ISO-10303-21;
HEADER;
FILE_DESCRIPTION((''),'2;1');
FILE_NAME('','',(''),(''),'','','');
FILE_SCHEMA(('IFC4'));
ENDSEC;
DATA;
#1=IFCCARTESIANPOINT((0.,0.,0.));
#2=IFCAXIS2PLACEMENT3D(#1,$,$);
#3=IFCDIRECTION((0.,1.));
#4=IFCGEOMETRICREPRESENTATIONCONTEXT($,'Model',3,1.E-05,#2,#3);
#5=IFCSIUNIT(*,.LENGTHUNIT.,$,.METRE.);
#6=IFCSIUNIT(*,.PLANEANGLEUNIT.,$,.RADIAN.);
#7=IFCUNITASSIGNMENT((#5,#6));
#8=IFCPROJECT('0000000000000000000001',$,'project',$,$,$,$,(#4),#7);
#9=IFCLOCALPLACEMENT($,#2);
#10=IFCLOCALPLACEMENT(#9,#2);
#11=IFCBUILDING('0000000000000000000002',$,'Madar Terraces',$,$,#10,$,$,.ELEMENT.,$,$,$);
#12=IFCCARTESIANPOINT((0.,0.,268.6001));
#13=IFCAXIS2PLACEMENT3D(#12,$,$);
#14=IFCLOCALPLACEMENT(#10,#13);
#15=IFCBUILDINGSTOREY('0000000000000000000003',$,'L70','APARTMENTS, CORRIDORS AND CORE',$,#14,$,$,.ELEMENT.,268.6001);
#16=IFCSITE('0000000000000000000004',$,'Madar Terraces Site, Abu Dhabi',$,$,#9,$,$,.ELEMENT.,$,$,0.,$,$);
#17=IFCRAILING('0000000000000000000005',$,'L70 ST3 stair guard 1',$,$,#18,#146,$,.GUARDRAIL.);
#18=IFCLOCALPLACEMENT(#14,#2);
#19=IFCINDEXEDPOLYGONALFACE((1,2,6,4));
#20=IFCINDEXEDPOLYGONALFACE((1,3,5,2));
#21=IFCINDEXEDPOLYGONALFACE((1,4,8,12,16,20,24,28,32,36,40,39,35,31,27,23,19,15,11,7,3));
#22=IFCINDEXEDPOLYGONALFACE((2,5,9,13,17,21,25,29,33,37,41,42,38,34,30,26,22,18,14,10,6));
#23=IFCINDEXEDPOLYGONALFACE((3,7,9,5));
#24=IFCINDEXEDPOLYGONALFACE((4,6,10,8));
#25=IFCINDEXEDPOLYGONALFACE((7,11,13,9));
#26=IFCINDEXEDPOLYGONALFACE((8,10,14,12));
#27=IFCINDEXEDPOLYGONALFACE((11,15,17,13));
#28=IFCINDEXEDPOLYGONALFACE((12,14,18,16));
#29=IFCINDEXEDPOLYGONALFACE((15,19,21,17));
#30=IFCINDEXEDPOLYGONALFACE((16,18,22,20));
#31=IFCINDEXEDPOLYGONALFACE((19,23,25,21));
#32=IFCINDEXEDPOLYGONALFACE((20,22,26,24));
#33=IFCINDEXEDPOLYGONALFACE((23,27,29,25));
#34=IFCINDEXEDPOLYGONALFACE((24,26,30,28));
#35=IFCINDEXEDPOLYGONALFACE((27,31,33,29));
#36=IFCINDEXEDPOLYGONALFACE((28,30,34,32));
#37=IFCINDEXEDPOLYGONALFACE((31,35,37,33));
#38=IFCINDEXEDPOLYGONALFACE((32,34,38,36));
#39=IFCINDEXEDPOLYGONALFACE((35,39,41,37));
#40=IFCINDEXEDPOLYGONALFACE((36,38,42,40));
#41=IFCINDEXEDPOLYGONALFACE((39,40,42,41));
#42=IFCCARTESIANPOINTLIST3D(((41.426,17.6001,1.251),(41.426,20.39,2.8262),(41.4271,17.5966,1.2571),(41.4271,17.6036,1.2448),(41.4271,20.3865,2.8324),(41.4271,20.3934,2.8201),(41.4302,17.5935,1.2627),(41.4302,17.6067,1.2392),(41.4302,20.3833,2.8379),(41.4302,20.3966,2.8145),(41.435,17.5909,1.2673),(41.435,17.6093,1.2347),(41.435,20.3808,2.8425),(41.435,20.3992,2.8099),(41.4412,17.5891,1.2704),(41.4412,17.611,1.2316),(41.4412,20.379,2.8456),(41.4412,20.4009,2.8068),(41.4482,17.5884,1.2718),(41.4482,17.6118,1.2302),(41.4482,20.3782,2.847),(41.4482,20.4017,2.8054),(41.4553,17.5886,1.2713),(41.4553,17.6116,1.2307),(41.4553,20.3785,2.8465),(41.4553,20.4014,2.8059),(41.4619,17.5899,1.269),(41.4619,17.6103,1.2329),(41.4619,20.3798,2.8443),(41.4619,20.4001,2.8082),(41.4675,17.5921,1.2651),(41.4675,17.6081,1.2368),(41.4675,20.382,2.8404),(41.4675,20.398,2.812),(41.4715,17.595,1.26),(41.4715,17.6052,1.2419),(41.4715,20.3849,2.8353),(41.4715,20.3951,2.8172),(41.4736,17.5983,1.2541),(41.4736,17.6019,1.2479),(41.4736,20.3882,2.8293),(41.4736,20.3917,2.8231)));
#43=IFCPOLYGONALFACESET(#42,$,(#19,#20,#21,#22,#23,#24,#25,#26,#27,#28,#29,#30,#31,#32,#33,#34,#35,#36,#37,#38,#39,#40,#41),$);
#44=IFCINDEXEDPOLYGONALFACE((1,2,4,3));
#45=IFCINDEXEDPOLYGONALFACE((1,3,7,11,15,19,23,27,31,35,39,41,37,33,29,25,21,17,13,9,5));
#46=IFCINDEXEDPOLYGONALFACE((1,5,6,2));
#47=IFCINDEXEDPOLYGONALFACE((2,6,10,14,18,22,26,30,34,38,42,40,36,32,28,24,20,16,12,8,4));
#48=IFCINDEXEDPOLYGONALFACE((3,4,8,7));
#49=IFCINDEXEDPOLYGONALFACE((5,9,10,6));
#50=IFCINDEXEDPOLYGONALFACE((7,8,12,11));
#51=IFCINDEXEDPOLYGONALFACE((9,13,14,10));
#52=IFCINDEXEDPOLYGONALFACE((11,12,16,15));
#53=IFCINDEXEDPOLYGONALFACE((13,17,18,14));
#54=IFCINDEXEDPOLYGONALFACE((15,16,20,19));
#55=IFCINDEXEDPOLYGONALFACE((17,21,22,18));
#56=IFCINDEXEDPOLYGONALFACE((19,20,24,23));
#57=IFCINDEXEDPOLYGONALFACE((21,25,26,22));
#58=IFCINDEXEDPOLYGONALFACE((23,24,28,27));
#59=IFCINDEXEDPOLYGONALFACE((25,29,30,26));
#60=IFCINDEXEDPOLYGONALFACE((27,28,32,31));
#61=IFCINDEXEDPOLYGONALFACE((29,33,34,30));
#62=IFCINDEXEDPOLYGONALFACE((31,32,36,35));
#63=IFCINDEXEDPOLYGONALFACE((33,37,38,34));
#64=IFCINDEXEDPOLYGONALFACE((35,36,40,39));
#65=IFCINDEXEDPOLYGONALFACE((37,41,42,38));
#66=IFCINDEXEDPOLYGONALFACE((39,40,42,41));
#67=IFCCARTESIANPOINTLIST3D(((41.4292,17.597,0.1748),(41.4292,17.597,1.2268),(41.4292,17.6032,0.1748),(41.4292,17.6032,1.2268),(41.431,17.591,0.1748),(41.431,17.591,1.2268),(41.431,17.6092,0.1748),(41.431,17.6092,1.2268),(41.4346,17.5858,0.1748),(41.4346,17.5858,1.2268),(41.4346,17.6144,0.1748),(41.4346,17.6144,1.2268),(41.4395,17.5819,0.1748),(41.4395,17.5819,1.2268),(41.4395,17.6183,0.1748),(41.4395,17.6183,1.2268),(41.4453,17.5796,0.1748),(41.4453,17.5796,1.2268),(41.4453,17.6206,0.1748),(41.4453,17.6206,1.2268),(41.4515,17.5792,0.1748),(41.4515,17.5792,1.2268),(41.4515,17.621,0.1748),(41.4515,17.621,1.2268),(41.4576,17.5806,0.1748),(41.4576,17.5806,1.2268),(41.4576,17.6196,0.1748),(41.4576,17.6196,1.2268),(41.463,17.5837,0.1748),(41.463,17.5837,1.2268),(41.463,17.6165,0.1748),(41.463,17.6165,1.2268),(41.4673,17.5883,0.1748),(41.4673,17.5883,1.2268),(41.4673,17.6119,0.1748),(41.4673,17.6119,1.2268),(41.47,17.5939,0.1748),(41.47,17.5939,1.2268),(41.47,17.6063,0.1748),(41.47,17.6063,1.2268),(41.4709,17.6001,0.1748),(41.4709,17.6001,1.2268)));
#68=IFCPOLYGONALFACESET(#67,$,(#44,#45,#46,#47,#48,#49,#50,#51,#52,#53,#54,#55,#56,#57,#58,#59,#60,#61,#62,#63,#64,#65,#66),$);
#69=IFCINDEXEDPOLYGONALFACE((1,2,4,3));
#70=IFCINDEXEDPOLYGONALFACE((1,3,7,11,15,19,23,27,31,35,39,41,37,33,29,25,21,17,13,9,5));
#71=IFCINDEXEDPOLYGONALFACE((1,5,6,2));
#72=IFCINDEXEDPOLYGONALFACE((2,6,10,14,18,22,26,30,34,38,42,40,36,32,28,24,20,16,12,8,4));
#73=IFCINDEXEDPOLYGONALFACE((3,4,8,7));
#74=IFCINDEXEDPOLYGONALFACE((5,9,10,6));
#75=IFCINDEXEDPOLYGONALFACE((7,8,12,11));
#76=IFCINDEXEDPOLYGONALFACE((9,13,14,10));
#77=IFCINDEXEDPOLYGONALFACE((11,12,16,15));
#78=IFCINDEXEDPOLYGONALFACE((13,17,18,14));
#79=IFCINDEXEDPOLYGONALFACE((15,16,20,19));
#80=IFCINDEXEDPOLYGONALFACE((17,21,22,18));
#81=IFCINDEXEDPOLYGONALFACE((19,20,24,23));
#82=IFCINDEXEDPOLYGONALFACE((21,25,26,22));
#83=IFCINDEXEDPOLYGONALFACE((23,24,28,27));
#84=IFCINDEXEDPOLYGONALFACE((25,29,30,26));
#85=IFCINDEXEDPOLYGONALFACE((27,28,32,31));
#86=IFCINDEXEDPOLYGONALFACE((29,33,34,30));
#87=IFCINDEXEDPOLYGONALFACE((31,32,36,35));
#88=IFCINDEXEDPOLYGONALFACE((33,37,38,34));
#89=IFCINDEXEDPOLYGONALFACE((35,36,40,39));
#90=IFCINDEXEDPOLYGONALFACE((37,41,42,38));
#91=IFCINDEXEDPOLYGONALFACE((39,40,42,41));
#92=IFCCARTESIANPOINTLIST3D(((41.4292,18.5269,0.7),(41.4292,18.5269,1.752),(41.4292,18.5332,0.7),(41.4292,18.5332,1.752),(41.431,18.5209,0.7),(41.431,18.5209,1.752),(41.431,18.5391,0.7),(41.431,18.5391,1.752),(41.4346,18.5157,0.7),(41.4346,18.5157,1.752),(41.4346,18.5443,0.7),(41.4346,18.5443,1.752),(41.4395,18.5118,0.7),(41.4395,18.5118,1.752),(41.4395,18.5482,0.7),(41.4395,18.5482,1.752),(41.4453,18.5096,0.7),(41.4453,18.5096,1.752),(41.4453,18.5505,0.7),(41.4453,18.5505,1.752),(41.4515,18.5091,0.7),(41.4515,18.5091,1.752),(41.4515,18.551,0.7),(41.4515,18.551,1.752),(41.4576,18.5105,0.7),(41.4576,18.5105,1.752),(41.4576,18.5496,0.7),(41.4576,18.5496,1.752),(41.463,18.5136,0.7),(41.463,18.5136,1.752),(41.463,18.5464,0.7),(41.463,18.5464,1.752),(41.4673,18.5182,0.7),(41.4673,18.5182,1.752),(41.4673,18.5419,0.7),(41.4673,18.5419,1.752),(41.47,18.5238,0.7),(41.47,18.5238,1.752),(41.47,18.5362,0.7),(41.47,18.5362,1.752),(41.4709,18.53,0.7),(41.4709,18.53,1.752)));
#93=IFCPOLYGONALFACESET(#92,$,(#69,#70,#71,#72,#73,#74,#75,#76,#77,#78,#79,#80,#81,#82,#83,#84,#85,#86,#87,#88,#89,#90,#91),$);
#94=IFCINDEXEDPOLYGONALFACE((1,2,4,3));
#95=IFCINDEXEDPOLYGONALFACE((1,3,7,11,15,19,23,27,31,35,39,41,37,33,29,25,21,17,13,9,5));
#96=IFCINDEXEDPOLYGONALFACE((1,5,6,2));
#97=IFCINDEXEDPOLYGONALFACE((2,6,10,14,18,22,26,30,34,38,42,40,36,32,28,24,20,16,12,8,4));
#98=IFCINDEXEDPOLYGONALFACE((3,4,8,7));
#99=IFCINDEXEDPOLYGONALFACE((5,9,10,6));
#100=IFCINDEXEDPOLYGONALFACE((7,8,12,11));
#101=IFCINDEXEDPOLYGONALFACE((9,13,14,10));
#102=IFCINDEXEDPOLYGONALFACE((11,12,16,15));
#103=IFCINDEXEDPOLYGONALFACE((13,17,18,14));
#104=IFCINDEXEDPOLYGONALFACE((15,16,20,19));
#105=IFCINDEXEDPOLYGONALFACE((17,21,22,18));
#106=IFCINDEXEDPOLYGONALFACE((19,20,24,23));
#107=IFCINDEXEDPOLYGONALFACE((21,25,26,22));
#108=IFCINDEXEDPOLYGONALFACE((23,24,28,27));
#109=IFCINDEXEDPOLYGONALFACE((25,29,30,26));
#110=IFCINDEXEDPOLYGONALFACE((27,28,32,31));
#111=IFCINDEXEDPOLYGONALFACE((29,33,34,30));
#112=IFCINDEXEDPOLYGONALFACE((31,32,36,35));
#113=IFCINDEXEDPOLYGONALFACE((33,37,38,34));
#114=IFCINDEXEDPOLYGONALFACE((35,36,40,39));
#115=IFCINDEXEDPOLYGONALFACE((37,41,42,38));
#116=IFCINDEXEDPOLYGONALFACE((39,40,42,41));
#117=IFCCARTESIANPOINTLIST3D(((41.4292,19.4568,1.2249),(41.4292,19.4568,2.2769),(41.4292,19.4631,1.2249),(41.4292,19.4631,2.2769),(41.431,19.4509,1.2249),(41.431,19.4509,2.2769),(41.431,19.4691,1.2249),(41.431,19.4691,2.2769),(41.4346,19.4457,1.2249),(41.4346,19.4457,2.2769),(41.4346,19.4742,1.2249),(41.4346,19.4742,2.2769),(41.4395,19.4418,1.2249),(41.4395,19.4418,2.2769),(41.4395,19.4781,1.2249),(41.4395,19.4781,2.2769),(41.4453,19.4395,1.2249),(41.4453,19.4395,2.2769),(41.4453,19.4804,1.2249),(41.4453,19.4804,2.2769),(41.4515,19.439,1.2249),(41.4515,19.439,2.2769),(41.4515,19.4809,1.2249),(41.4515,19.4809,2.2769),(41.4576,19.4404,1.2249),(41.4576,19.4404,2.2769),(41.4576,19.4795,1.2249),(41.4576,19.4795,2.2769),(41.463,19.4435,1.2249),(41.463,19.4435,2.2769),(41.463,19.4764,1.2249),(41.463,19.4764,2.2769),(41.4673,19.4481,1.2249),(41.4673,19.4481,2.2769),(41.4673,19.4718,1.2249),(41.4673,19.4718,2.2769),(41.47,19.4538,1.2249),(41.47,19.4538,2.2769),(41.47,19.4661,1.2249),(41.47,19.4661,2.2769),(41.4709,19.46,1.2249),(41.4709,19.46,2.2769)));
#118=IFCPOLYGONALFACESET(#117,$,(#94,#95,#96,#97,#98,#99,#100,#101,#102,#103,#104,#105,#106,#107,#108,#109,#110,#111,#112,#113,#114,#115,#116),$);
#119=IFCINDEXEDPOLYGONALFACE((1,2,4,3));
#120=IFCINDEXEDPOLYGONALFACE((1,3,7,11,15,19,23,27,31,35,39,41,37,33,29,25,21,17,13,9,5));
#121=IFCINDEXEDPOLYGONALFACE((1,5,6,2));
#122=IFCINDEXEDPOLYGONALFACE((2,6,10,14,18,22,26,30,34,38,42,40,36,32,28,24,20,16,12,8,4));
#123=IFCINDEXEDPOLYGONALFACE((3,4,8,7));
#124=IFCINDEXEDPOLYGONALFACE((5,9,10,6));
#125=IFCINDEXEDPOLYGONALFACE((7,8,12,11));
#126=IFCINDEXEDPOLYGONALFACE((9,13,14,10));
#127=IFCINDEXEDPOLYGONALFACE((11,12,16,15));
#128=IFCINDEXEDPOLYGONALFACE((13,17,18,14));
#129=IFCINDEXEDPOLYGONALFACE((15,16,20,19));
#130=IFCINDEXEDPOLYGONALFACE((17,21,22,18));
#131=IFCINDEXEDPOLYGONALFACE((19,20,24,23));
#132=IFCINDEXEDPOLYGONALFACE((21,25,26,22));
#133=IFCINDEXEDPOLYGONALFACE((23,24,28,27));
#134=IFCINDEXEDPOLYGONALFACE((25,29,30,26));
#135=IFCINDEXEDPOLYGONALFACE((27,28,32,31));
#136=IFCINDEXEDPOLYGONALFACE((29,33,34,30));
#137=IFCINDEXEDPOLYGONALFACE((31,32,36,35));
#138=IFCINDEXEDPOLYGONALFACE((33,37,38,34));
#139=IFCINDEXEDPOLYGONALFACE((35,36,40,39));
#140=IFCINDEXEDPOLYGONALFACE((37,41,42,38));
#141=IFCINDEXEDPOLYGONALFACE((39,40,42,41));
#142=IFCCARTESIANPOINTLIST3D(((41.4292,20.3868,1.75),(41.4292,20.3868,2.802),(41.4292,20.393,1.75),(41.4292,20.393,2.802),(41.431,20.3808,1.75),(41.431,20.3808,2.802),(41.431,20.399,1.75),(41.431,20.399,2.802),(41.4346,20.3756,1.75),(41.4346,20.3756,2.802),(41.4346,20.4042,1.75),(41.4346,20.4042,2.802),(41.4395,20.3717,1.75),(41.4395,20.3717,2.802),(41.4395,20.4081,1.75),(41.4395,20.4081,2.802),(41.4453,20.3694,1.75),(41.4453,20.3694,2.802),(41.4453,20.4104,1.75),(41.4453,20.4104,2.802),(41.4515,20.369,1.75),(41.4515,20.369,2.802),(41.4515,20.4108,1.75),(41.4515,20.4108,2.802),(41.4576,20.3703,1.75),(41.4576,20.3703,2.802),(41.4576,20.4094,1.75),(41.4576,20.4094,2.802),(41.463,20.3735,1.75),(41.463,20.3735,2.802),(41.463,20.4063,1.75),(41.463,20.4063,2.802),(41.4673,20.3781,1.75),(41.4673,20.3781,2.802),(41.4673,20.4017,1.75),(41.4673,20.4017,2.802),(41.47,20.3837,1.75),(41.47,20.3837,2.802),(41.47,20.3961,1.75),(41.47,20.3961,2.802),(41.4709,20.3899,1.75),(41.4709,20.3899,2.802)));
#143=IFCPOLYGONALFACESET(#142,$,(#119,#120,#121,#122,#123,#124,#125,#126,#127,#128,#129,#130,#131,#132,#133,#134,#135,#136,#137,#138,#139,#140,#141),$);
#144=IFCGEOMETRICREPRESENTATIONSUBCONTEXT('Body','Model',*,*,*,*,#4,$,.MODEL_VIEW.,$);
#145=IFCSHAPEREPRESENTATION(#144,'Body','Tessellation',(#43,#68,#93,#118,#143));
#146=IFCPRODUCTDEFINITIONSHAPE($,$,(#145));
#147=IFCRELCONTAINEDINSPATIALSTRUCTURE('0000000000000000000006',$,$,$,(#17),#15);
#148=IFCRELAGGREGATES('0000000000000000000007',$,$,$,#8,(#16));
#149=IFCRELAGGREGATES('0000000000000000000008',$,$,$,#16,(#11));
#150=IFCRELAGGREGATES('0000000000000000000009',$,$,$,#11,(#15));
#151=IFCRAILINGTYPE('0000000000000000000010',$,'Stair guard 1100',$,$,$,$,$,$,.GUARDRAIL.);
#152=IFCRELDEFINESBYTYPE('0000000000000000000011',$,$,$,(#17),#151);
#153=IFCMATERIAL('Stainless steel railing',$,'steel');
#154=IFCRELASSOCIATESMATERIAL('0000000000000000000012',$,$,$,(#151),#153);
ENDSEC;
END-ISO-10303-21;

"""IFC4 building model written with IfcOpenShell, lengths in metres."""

from ifc_helpers import new_model, si_unit, direction, frame, origin, origin_2d, place, context, subcontext, project, spatial, circle, extrude, material, type_object, element, save


model = new_model("IFC4")

# Units and contexts
model_context = context("Model", 3, precision=1e-05, world=origin(), true_north=direction((0.0, 1.0)))
body_context = subcontext(model_context, "Body", "Model", "MODEL_VIEW")
ifc_project = project(units=[si_unit("LENGTHUNIT", "METRE"), si_unit("PLANEANGLEUNIT", "RADIAN")], contexts=[model_context])

# Site, building, storey
site_placement = place(None, origin())
site = spatial("IfcSite", under=ifc_project, at=site_placement, Name="Madar Terraces Site, Abu Dhabi", CompositionType="ELEMENT", RefElevation=0.0)
building_placement = place(site_placement, origin())
building = spatial("IfcBuilding", under=site, at=building_placement, Name="Madar Terraces", CompositionType="ELEMENT")
storey_placement = place(building_placement, frame((0.0, 0.0, 268.6001)))
storey = spatial("IfcBuildingStorey", under=building, at=storey_placement, Name="L70", Description="APARTMENTS, CORRIDORS AND CORE", CompositionType="ELEMENT", Elevation=268.6001)

# Railing
ifc_material_1 = material(Name="Stainless steel railing", Category="steel")
railing_type_1 = type_object("IfcRailingType", Name="Stair guard 1100", PredefinedType="GUARDRAIL", material=ifc_material_1)
railing_1_placement = place(storey_placement, frame((41.45, 17.6001, 0.1748)))
element("IfcRailing", 1, at=railing_1_placement, inside=storey, type_object=railing_type_1, Name="L70 ST3 stair guard 1", PredefinedType="GUARDRAIL", context=body_context, shape_type="SweptSolid", body=[
    extrude(circle(Radius=0.0239, at=origin_2d()), frame((0.0, 0.0, 1.0762), z_axis=(0.0, 0.870783, 0.491668), x_axis=(-1.0, 0.0, 0.0)), (0.0, 0.0, 1.0), 3.2039),
    extrude(circle(Radius=0.021, at=origin_2d()), origin(), (0.0, 0.0, 1.0), 1.052),
    extrude(circle(Radius=0.021, at=origin_2d()), frame((0.0, 0.9299, 0.5251)), (0.0, 0.0, 1.0), 1.052),
    extrude(circle(Radius=0.021, at=origin_2d()), frame((0.0, 1.8599, 1.05)), (0.0, 0.0, 1.0), 1.052),
    extrude(circle(Radius=0.021, at=origin_2d()), frame((0.0, 2.7898, 1.5752)), (0.0, 0.0, 1.0), 1.052),
])

save(model, "model.ifc")
